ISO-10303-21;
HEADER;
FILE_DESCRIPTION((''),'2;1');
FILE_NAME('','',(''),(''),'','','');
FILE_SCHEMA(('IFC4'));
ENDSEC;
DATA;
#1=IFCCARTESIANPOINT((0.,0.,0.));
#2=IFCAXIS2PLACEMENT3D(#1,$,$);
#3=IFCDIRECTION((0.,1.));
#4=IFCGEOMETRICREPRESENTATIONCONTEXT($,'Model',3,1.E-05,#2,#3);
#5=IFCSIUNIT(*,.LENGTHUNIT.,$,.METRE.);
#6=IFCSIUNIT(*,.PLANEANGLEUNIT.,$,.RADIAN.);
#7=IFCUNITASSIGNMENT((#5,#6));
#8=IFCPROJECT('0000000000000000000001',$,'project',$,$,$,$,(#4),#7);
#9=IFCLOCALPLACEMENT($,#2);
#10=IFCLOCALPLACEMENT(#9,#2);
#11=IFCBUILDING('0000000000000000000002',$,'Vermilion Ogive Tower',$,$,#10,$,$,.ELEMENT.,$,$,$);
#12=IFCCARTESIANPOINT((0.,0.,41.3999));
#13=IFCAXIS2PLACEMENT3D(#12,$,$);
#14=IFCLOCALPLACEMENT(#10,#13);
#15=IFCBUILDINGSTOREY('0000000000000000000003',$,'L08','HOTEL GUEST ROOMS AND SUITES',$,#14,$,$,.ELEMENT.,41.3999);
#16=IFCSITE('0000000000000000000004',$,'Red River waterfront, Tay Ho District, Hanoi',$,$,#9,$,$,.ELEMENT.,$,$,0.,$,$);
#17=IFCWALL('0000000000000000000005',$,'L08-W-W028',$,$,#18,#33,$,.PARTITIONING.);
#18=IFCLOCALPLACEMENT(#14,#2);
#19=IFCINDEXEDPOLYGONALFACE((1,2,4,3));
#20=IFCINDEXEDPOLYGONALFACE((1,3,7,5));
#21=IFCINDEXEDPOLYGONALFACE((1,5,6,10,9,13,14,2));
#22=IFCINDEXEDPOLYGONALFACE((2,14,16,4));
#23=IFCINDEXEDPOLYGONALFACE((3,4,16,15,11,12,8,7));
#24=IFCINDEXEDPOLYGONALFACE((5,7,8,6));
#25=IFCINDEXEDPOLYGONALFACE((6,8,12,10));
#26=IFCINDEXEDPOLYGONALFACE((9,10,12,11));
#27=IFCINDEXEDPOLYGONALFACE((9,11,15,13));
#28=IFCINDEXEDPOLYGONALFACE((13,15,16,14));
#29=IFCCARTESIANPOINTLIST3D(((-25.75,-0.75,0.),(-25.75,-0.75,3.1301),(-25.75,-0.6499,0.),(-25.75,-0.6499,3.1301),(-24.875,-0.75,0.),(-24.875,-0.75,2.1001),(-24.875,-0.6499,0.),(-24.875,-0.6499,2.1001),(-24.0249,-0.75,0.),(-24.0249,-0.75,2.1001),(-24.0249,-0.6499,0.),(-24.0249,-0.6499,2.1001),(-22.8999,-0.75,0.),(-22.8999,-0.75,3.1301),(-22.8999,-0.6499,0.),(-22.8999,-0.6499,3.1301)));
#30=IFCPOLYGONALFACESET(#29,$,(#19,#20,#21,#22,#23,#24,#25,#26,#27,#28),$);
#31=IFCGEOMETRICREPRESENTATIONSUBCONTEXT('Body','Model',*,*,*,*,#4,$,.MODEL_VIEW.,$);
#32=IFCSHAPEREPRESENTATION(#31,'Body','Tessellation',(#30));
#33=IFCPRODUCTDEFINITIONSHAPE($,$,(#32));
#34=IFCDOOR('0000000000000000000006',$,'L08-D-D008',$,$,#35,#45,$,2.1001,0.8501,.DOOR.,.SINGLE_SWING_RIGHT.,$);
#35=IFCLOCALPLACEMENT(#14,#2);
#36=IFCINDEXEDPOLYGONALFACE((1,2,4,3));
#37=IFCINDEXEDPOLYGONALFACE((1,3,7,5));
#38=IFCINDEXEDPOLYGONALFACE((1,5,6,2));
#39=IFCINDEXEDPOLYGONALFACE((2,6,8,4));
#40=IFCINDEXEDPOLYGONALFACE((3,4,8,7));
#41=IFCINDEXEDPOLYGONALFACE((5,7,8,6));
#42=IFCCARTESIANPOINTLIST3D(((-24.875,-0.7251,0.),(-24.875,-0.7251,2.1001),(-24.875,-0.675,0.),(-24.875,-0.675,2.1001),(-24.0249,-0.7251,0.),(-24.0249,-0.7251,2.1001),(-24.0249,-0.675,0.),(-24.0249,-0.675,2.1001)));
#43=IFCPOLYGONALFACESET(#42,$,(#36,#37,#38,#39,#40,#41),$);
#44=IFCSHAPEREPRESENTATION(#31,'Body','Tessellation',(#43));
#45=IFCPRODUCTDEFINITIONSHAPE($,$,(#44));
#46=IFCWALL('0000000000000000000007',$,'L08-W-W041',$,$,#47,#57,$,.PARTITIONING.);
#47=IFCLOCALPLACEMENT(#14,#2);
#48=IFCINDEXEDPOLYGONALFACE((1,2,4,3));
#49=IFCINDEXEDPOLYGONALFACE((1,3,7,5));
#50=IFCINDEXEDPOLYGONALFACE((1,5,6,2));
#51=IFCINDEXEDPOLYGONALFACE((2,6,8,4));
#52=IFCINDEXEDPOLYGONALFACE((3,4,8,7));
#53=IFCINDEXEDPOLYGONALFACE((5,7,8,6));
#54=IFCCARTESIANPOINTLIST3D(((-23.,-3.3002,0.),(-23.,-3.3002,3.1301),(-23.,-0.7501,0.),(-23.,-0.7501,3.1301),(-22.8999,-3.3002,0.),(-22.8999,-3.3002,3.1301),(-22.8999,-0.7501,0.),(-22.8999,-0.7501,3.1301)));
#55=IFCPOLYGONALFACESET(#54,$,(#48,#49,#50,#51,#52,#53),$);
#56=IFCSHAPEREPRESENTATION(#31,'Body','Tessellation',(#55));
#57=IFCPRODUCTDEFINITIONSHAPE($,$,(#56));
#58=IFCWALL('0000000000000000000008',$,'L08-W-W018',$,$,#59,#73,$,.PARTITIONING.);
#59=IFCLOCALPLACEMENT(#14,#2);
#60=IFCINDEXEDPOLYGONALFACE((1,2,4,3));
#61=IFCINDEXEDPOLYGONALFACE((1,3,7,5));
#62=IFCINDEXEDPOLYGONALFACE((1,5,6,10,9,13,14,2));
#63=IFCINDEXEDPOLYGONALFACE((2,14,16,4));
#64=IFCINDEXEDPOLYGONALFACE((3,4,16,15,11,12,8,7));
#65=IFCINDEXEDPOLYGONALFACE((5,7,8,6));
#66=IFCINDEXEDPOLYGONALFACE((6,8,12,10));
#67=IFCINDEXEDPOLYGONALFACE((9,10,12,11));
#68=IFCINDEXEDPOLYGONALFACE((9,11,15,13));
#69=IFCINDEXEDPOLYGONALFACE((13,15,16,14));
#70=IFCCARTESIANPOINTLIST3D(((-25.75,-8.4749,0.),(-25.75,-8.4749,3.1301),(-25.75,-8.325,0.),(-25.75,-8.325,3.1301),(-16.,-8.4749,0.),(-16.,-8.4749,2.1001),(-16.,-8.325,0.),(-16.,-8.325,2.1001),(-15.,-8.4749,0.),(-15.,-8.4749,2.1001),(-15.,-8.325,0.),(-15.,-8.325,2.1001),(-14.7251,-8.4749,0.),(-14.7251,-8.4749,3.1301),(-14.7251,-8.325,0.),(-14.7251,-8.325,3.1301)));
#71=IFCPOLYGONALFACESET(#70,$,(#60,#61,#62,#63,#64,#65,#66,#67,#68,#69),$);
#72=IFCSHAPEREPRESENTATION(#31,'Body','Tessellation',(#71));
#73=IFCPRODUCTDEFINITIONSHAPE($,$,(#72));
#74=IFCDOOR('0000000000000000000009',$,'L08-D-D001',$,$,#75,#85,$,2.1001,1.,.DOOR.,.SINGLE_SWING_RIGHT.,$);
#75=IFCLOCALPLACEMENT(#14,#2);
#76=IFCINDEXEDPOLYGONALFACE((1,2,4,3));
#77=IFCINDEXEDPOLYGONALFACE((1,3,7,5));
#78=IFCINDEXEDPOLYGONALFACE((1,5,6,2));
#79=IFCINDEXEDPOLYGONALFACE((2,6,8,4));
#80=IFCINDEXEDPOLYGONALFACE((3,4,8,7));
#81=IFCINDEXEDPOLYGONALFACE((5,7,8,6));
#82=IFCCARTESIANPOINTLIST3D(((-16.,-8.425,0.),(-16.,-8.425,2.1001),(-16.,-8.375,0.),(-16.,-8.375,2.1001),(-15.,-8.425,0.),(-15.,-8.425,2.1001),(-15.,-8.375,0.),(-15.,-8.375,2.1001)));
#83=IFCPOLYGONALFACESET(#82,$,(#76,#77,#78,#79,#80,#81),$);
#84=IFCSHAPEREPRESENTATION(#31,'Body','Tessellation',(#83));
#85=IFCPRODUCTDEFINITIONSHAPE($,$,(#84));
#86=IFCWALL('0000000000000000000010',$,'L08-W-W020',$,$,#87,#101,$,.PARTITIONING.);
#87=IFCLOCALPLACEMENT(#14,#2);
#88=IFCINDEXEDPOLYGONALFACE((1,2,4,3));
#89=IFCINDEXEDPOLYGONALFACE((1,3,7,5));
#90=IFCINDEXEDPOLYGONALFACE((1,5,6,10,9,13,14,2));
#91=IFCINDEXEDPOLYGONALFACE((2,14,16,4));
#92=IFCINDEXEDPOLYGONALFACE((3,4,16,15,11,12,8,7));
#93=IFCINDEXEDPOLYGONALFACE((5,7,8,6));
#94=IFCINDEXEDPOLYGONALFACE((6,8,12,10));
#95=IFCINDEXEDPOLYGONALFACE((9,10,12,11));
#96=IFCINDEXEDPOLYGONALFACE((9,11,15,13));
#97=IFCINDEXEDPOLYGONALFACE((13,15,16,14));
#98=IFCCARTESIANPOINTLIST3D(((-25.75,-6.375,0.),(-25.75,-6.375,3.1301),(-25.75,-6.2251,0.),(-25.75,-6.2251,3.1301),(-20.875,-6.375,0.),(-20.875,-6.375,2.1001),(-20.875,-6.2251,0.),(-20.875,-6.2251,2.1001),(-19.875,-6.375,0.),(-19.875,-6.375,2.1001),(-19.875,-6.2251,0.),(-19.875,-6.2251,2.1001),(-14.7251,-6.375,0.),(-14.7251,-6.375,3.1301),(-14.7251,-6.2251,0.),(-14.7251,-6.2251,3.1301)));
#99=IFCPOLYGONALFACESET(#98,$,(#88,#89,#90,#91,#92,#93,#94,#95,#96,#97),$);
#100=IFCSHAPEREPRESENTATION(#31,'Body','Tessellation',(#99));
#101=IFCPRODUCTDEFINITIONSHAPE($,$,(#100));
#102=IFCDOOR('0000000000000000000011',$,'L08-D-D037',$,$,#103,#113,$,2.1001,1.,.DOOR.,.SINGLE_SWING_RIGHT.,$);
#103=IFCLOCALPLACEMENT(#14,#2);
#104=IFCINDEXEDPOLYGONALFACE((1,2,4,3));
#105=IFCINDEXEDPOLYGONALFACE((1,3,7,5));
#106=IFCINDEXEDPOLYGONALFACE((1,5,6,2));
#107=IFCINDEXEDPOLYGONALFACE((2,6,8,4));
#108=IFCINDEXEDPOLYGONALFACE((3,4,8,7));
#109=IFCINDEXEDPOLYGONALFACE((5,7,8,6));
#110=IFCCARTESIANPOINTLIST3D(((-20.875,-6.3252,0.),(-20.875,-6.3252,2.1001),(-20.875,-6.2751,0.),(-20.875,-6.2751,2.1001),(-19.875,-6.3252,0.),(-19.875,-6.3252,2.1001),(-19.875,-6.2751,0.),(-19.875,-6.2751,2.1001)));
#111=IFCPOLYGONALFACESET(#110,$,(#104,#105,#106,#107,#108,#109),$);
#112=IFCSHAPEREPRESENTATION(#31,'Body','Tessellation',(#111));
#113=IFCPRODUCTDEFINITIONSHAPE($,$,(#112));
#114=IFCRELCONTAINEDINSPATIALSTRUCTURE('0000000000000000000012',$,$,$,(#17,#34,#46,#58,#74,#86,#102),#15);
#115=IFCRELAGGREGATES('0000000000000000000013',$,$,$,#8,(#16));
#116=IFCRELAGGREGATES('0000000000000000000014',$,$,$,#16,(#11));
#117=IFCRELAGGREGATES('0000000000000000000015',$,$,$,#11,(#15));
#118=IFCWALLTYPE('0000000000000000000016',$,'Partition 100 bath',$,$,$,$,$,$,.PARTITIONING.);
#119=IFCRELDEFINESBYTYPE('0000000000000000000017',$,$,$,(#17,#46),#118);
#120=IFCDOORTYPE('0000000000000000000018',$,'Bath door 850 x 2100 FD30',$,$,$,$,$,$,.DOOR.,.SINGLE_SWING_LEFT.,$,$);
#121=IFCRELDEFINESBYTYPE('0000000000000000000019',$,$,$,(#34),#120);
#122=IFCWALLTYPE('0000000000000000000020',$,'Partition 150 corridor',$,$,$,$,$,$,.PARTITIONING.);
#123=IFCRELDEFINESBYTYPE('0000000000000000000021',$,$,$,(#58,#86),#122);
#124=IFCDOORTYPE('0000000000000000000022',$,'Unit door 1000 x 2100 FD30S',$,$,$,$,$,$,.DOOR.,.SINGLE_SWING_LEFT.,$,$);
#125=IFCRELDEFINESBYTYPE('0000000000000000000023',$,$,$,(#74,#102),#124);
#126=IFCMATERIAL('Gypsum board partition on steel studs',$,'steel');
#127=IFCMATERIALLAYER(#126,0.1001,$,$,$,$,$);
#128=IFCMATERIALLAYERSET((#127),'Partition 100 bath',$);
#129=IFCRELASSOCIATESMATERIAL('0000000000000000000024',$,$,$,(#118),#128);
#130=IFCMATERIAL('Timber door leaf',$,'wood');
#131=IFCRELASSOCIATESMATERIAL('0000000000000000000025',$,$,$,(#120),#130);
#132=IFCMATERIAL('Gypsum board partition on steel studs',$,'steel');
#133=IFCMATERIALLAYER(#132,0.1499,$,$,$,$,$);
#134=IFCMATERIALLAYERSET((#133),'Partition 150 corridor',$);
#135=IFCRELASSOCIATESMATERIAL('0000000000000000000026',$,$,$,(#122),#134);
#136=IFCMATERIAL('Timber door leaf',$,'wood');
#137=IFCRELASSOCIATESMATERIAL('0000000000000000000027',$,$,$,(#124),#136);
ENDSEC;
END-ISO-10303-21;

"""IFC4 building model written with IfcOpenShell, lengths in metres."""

from ifc_helpers import new_model, si_unit, direction, frame, frame_2d, origin, place, context, subcontext, project, spatial, rectangle, extrude, material, layer, layer_set, type_object, element, fill, save


model = new_model("IFC4")

# Units and contexts
model_context = context("Model", 3, precision=1e-05, world=origin(), true_north=direction((0.0, 1.0)))
body_context = subcontext(model_context, "Body", "Model", "MODEL_VIEW")
ifc_project = project(units=[si_unit("LENGTHUNIT", "METRE"), si_unit("PLANEANGLEUNIT", "RADIAN")], contexts=[model_context])

# Site, building, storey
site_placement = place(None, origin())
site = spatial("IfcSite", under=ifc_project, at=site_placement, Name="Red River waterfront, Tay Ho District, Hanoi", CompositionType="ELEMENT", RefElevation=0.0)
building_placement = place(site_placement, origin())
building = spatial("IfcBuilding", under=site, at=building_placement, Name="Vermilion Ogive Tower", CompositionType="ELEMENT")
storey_placement = place(building_placement, frame((0.0, 0.0, 41.3999)))
storey = spatial("IfcBuildingStorey", under=building, at=storey_placement, Name="L08", Description="HOTEL GUEST ROOMS AND SUITES", CompositionType="ELEMENT", Elevation=41.3999)

# Shared definitions
ifc_material_1 = material(Name="Gypsum board partition on steel studs", Category="steel")
ifc_layer_1 = layer(ifc_material_1, 0.1001)
ifc_layer_set_1 = layer_set([ifc_layer_1], Name="Partition 100 bath")
wall_type_1 = type_object("IfcWallType", Name="Partition 100 bath", PredefinedType="PARTITIONING", material=ifc_layer_set_1)

# Wall, opening, door
wall_1_placement = place(storey_placement, frame((-25.75, -0.7, 0.0), z_axis=(0.0, 0.0, 1.0), x_axis=(1.0, 0.0, 0.0)))
wall_1 = element("IfcWall", 1, at=wall_1_placement, inside=storey, type_object=wall_type_1, Name="L08-W-W028", PredefinedType="PARTITIONING", context=body_context, shape_type="SweptSolid", body=[
    extrude(rectangle(XDim=2.8501, YDim=0.1001, at=frame_2d((1.425, 0.0))), origin(), (0.0, 0.0, 1.0), 3.1301),
])
opening_1_placement = place(wall_1_placement, frame((0.875, 0.0, 0.0)))
opening_1 = element("IfcOpeningElement", 2, at=opening_1_placement, cuts=wall_1, PredefinedType="OPENING", context=body_context, shape_type="SweptSolid", body=[
    extrude(rectangle(XDim=0.8501, YDim=2.1001, at=frame_2d((0.425, 1.05))), frame((0.0, 0.0601, 0.0), z_axis=(0.0, -1.0, 0.0), x_axis=(1.0, 0.0, 0.0)), (0.0, 0.0, 1.0), 0.1201),
])
ifc_material_2 = material(Name="Timber door leaf", Category="wood")
door_type_1 = type_object("IfcDoorType", Name="Bath door 850 x 2100 FD30", OperationType="SINGLE_SWING_LEFT", PredefinedType="DOOR", material=ifc_material_2)
door_1_placement = place(opening_1_placement, origin())
door_1 = element("IfcDoor", 3, at=door_1_placement, inside=storey, type_object=door_type_1, Name="L08-D-D008", OperationType="SINGLE_SWING_RIGHT", OverallHeight=2.1001, OverallWidth=0.8501, PredefinedType="DOOR", context=body_context, shape_type="SweptSolid", body=[
    extrude(rectangle(XDim=0.8501, YDim=2.1001, at=frame_2d((0.425, 1.05))), frame((0.0, 0.0249, 0.0), z_axis=(0.0, -1.0, 0.0), x_axis=(1.0, 0.0, 0.0)), (0.0, 0.0, 1.0), 0.05),
])
fill(opening_1, door_1)

# Wall
wall_2_placement = place(storey_placement, frame((-22.95, -3.3, 0.0), z_axis=(0.0, 0.0, 1.0), x_axis=(0.0, 1.0, 0.0)))
element("IfcWall", 4, at=wall_2_placement, inside=storey, type_object=wall_type_1, Name="L08-W-W041", PredefinedType="PARTITIONING", context=body_context, shape_type="SweptSolid", body=[
    extrude(rectangle(XDim=2.55, YDim=0.1001, at=frame_2d((1.2749, 0.0))), origin(), (0.0, 0.0, 1.0), 3.1301),
])

# Walls, openings, doors
ifc_material_3 = material(Name="Gypsum board partition on steel studs", Category="steel")
ifc_layer_2 = layer(ifc_material_3, 0.1499)
ifc_layer_set_2 = layer_set([ifc_layer_2], Name="Partition 150 corridor")
wall_type_2 = type_object("IfcWallType", Name="Partition 150 corridor", PredefinedType="PARTITIONING", material=ifc_layer_set_2)
wall_3_placement = place(storey_placement, frame((-25.75, -8.3999, 0.0), z_axis=(0.0, 0.0, 1.0), x_axis=(1.0, 0.0, 0.0)))
wall_3 = element("IfcWall", 5, at=wall_3_placement, inside=storey, type_object=wall_type_2, Name="L08-W-W018", PredefinedType="PARTITIONING", context=body_context, shape_type="SweptSolid", body=[
    extrude(rectangle(XDim=11.0249, YDim=0.1499, at=frame_2d((5.5125, 0.0))), origin(), (0.0, 0.0, 1.0), 3.1301),
])
opening_2_placement = place(wall_3_placement, frame((9.75, 0.0, 0.0)))
opening_2 = element("IfcOpeningElement", 6, at=opening_2_placement, cuts=wall_3, PredefinedType="OPENING", context=body_context, shape_type="SweptSolid", body=[
    extrude(rectangle(XDim=1.0, YDim=2.1001, at=frame_2d((0.5, 1.05))), frame((0.0, 0.085, 0.0), z_axis=(0.0, -1.0, 0.0), x_axis=(1.0, 0.0, 0.0)), (0.0, 0.0, 1.0), 0.1699),
])
ifc_material_4 = material(Name="Timber door leaf", Category="wood")
door_type_2 = type_object("IfcDoorType", Name="Unit door 1000 x 2100 FD30S", OperationType="SINGLE_SWING_LEFT", PredefinedType="DOOR", material=ifc_material_4)
door_2_placement = place(opening_2_placement, origin())
door_2 = element("IfcDoor", 7, at=door_2_placement, inside=storey, type_object=door_type_2, Name="L08-D-D001", OperationType="SINGLE_SWING_RIGHT", OverallHeight=2.1001, OverallWidth=1.0, PredefinedType="DOOR", context=body_context, shape_type="SweptSolid", body=[
    extrude(rectangle(XDim=1.0, YDim=2.1001, at=frame_2d((0.5, 1.05))), frame((0.0, 0.0249, 0.0), z_axis=(0.0, -1.0, 0.0), x_axis=(1.0, 0.0, 0.0)), (0.0, 0.0, 1.0), 0.05),
])
fill(opening_2, door_2)
wall_4_placement = place(storey_placement, frame((-25.75, -6.3, 0.0), z_axis=(0.0, 0.0, 1.0), x_axis=(1.0, 0.0, 0.0)))
wall_4 = element("IfcWall", 8, at=wall_4_placement, inside=storey, type_object=wall_type_2, Name="L08-W-W020", PredefinedType="PARTITIONING", context=body_context, shape_type="SweptSolid", body=[
    extrude(rectangle(XDim=11.0249, YDim=0.1499, at=frame_2d((5.5125, 0.0))), origin(), (0.0, 0.0, 1.0), 3.1301),
])
opening_3_placement = place(wall_4_placement, frame((4.875, 0.0, 0.0)))
opening_3 = element("IfcOpeningElement", 9, at=opening_3_placement, cuts=wall_4, PredefinedType="OPENING", context=body_context, shape_type="SweptSolid", body=[
    extrude(rectangle(XDim=1.0, YDim=2.1001, at=frame_2d((0.5, 1.05))), frame((0.0, 0.085, 0.0), z_axis=(0.0, -1.0, 0.0), x_axis=(1.0, 0.0, 0.0)), (0.0, 0.0, 1.0), 0.1699),
])
door_3_placement = place(opening_3_placement, origin())
door_3 = element("IfcDoor", 10, at=door_3_placement, inside=storey, type_object=door_type_2, Name="L08-D-D037", OperationType="SINGLE_SWING_RIGHT", OverallHeight=2.1001, OverallWidth=1.0, PredefinedType="DOOR", context=body_context, shape_type="SweptSolid", body=[
    extrude(rectangle(XDim=1.0, YDim=2.1001, at=frame_2d((0.5, 1.05))), frame((0.0, 0.0249, 0.0), z_axis=(0.0, -1.0, 0.0), x_axis=(1.0, 0.0, 0.0)), (0.0, 0.0, 1.0), 0.05),
])
fill(opening_3, door_3)

save(model, "model.ifc")
